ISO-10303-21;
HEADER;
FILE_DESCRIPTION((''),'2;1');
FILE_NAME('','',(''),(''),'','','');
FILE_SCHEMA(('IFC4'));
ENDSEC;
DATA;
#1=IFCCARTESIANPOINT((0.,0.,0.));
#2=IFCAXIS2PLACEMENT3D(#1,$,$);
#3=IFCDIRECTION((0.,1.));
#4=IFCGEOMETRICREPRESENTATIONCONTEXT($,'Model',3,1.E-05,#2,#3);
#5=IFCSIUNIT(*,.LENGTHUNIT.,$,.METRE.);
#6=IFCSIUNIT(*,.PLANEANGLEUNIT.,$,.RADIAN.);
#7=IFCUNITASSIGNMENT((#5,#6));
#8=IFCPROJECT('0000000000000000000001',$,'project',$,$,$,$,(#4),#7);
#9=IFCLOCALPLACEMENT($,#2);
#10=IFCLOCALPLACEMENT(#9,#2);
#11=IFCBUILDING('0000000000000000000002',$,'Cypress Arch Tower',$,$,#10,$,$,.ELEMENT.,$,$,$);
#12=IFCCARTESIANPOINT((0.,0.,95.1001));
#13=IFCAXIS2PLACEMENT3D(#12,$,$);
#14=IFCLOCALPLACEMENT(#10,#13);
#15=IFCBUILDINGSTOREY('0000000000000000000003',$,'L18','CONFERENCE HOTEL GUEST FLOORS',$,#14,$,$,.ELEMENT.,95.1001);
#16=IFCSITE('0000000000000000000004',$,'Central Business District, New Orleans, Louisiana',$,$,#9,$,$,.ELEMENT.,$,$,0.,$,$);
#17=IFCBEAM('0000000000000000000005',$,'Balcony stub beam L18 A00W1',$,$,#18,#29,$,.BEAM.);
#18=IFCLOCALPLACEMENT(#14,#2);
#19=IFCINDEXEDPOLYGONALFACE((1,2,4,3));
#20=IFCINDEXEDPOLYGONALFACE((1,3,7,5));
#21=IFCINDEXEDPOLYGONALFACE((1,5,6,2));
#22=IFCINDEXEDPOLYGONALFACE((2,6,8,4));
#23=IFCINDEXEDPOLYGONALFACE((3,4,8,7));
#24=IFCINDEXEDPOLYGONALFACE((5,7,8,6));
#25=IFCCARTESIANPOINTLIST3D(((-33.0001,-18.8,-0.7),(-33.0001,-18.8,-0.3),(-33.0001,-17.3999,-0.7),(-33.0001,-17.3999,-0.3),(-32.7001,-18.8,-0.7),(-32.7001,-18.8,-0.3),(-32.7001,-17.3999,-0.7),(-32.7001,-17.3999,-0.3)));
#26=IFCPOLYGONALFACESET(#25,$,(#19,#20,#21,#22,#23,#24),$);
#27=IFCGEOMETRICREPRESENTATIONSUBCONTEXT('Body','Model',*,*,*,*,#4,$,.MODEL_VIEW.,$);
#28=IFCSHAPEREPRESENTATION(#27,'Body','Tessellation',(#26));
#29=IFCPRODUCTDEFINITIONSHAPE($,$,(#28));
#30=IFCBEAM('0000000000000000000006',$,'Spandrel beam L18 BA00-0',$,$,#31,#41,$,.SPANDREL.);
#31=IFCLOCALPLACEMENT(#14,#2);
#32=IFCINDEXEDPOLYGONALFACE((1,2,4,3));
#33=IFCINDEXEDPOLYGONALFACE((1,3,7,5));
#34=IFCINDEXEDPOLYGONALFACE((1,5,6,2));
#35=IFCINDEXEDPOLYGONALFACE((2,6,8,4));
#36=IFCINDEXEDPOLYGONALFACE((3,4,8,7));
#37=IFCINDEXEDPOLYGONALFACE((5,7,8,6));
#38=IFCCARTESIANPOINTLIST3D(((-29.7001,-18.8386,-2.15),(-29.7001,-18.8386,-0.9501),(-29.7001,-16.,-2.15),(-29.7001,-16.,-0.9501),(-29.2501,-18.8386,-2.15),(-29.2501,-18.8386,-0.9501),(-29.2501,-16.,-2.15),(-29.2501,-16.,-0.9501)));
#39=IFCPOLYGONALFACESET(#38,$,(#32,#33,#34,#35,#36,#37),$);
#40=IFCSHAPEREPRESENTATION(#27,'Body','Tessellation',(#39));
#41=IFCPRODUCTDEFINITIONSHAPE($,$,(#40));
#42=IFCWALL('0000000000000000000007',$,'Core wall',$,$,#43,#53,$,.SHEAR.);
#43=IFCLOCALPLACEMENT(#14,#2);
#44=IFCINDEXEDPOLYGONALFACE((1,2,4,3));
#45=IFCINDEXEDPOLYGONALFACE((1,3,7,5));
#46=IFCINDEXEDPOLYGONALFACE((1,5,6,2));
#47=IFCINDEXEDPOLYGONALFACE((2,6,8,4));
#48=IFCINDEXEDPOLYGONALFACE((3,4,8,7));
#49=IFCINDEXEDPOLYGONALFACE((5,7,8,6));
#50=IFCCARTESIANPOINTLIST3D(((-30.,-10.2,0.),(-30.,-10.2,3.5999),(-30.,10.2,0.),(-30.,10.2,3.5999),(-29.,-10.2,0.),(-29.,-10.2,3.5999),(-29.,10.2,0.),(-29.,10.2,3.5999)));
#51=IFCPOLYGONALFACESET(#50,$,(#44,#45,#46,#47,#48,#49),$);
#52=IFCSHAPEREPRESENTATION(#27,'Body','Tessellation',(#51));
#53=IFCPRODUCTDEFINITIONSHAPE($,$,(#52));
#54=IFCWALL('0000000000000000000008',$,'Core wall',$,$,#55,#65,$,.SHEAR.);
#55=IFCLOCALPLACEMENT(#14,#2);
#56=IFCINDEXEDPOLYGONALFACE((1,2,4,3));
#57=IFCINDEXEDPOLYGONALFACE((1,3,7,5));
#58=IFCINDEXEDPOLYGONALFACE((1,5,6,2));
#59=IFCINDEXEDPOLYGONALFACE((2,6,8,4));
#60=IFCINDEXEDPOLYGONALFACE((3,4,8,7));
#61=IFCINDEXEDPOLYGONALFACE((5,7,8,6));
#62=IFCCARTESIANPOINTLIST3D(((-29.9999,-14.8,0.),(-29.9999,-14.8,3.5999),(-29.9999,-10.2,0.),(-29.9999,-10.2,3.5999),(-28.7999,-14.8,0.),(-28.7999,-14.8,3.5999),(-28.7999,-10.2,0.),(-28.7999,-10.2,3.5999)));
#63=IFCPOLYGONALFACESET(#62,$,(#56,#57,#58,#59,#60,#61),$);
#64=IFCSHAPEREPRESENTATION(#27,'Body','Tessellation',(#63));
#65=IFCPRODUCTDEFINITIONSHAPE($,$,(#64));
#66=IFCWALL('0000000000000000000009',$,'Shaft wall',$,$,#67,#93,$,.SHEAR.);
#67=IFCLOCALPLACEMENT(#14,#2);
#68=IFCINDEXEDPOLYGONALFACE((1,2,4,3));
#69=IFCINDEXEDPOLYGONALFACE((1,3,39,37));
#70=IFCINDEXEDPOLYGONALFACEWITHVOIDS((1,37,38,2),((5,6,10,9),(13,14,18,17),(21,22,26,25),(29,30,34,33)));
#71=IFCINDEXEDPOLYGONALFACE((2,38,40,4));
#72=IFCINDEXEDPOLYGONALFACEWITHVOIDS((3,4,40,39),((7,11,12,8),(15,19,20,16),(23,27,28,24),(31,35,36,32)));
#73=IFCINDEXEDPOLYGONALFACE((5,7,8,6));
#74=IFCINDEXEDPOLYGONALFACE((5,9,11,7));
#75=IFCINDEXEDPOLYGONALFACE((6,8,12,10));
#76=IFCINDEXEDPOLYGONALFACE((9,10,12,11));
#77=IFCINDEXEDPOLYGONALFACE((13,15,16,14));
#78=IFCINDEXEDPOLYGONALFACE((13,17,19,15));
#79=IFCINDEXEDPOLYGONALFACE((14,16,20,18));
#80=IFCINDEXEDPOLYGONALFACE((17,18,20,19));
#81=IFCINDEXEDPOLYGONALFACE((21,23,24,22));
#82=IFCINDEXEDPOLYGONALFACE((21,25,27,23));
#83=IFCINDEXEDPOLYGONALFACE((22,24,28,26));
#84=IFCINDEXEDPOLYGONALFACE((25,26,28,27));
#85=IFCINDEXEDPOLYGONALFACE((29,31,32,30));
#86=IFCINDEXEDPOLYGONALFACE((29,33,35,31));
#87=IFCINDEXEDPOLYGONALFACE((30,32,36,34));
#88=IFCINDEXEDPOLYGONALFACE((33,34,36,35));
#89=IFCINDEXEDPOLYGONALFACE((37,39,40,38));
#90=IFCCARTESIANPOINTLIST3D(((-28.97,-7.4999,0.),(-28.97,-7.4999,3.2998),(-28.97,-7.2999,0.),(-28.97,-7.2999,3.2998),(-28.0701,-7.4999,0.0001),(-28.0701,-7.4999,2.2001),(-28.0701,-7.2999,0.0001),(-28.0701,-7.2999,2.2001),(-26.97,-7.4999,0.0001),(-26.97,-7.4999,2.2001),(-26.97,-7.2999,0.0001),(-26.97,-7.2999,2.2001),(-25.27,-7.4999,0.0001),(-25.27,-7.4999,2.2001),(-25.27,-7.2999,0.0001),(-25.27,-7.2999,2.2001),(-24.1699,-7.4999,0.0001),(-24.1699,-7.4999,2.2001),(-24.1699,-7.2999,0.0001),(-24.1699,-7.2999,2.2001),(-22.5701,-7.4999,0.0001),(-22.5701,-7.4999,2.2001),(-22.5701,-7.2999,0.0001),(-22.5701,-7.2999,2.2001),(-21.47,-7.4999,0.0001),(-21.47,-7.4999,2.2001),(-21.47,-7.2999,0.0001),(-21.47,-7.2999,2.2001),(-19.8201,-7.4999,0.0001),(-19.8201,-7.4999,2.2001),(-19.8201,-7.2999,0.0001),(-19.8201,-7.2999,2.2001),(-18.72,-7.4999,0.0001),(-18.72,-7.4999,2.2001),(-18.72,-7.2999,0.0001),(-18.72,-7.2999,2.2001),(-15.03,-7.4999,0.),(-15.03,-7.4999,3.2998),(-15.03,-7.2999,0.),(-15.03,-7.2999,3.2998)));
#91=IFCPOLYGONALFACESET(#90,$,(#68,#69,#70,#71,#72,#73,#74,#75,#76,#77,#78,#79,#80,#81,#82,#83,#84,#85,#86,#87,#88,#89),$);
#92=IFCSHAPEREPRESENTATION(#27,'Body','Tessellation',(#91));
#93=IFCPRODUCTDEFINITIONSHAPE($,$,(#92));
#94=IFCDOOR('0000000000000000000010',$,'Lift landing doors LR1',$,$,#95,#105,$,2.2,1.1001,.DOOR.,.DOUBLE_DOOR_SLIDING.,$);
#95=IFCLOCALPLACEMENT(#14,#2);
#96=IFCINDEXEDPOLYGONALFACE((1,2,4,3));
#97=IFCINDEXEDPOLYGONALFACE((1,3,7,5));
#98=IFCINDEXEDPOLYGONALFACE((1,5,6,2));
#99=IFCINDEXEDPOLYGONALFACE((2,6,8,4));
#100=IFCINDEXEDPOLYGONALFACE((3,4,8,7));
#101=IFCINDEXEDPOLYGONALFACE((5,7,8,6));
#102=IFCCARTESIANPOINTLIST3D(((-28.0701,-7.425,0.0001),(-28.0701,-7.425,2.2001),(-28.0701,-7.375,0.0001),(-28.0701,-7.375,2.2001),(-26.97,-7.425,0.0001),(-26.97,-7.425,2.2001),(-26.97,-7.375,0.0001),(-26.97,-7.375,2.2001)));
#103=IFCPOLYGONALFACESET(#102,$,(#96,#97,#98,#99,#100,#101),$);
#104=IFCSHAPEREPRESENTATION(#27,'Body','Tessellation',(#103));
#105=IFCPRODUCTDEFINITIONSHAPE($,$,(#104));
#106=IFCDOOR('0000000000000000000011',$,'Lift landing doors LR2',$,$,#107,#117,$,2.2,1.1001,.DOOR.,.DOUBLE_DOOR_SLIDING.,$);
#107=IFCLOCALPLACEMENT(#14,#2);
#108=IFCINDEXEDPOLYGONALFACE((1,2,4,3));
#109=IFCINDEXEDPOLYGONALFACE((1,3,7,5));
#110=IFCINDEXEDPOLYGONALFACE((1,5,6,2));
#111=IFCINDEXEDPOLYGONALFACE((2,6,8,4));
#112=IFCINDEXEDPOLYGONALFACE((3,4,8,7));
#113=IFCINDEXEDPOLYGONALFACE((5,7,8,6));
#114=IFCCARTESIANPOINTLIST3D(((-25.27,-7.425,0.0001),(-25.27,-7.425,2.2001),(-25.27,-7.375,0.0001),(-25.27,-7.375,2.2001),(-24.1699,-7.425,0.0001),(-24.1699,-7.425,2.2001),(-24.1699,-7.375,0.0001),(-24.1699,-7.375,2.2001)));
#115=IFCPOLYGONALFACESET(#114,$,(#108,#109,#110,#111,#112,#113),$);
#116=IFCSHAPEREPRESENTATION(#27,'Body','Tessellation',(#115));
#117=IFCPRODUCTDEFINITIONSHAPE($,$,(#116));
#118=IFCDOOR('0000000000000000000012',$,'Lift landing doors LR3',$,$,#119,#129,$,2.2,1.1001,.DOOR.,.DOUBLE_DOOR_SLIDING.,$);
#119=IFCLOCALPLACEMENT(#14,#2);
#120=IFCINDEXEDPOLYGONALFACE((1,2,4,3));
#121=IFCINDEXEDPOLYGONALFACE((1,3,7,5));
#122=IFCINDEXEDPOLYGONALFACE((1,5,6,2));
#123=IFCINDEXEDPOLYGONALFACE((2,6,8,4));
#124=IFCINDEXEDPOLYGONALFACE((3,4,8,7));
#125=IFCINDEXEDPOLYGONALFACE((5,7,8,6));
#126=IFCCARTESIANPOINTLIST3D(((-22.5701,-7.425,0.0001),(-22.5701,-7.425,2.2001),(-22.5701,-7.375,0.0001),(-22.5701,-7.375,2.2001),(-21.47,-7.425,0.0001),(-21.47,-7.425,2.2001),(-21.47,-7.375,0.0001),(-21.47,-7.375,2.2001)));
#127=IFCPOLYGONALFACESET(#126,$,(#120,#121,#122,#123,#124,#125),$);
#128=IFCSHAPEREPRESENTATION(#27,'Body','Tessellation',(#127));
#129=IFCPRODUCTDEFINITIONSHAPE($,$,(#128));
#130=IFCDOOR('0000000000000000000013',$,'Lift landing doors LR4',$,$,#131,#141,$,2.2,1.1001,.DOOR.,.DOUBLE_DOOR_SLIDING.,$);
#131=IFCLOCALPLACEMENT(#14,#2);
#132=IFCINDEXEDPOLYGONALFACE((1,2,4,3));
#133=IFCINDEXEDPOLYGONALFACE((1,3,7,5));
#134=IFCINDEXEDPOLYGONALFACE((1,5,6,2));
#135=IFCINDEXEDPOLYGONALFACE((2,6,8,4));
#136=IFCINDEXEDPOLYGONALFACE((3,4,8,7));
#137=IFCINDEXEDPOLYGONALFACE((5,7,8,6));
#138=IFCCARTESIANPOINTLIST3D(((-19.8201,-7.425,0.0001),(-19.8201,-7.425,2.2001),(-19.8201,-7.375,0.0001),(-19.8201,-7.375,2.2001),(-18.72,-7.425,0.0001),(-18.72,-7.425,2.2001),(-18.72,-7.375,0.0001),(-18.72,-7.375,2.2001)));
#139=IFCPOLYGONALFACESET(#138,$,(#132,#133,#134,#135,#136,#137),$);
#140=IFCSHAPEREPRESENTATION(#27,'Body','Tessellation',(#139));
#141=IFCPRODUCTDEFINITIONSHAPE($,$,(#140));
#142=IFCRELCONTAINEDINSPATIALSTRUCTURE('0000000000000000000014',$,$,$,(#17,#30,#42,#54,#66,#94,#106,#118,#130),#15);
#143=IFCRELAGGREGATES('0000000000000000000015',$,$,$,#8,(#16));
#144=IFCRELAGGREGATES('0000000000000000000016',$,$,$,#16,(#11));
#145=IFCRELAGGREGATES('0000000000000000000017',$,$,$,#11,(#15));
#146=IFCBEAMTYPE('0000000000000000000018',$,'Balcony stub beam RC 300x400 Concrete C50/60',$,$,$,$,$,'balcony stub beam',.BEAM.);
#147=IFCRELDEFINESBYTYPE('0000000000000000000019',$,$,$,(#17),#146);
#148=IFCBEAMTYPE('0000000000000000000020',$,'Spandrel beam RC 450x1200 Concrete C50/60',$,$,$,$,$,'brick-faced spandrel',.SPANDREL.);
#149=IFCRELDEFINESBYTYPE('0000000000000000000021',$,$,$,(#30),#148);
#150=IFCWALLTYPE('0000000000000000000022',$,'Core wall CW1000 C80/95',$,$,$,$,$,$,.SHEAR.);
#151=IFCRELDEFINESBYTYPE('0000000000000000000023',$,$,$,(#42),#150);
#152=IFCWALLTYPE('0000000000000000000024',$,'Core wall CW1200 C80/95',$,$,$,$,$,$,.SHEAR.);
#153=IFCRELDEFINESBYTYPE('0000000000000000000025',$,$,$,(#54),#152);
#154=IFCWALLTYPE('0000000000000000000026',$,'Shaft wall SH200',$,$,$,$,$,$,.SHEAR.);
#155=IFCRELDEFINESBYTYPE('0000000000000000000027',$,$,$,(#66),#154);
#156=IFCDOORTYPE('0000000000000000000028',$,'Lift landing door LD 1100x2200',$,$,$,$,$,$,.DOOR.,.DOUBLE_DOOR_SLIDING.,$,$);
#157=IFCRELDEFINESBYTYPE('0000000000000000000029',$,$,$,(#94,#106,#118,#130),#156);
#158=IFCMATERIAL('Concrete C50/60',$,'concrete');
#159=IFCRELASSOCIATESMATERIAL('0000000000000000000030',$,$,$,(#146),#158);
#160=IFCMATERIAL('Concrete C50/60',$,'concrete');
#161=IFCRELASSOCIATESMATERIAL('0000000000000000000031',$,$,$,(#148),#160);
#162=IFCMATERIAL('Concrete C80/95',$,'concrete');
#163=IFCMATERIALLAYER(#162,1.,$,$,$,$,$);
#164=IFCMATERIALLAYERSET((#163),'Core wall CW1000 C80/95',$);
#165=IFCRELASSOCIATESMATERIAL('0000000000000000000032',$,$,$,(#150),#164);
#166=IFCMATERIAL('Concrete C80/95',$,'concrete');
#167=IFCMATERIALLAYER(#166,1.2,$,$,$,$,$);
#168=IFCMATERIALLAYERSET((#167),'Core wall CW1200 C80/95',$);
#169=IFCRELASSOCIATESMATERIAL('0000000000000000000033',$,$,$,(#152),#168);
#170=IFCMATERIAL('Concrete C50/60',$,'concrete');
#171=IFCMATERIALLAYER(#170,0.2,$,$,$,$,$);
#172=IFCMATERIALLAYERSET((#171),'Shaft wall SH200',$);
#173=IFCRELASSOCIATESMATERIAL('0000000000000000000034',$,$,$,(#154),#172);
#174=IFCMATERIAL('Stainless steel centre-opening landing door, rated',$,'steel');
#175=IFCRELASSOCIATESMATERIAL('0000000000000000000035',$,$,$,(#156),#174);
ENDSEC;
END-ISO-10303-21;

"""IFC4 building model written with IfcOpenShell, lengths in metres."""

from ifc_helpers import new_model, si_unit, direction, frame, frame_2d, origin, origin_2d, place, context, subcontext, project, spatial, rectangle, extrude, material, layer, layer_set, material_profile, profile_set, type_object, element, fill, save


model = new_model("IFC4")

# Units and contexts
model_context = context("Model", 3, precision=1e-05, world=origin(), true_north=direction((0.0, 1.0)))
body_context = subcontext(model_context, "Body", "Model", "MODEL_VIEW")
ifc_project = project(units=[si_unit("LENGTHUNIT", "METRE"), si_unit("PLANEANGLEUNIT", "RADIAN")], contexts=[model_context])

# Site, building, storey
site_placement = place(None, origin())
site = spatial("IfcSite", under=ifc_project, at=site_placement, Name="Central Business District, New Orleans, Louisiana", CompositionType="ELEMENT", RefElevation=0.0)
building_placement = place(site_placement, origin())
building = spatial("IfcBuilding", under=site, at=building_placement, Name="Cypress Arch Tower", CompositionType="ELEMENT")
storey_placement = place(building_placement, frame((0.0, 0.0, 95.1001)))
storey = spatial("IfcBuildingStorey", under=building, at=storey_placement, Name="L18", Description="CONFERENCE HOTEL GUEST FLOORS", CompositionType="ELEMENT", Elevation=95.1001)

# Beams
ifc_material_1 = material(Name="Concrete C50/60", Category="concrete")
ifc_material_profile_1 = material_profile(ifc_material_1, rectangle(XDim=0.3, YDim=0.3999, at=origin_2d()), Name="RC 300x400")
ifc_profile_set_1 = profile_set([ifc_material_profile_1], Name="Concrete C50/60")
beam_type_1 = type_object("IfcBeamType", Name="Balcony stub beam RC 300x400 Concrete C50/60", ElementType="balcony stub beam", PredefinedType="BEAM", material=ifc_profile_set_1)
beam_1_placement = place(storey_placement, frame((-32.8501, -17.3999, -0.5), z_axis=(0.0, -1.0, 0.0), x_axis=(1.0, 0.0, 0.0)))
element("IfcBeam", 1, at=beam_1_placement, inside=storey, type_object=beam_type_1, Name="Balcony stub beam L18 A00W1", PredefinedType="BEAM", context=body_context, shape_type="SweptSolid", body=[
    extrude(rectangle(XDim=0.3, YDim=0.3999, at=origin_2d()), origin(), (0.0, 0.0, 1.0), 1.4001),
])
ifc_material_2 = material(Name="Concrete C50/60", Category="concrete")
ifc_material_profile_2 = material_profile(ifc_material_2, rectangle(XDim=0.45, YDim=1.2, at=origin_2d()), Name="RC 450x1200")
ifc_profile_set_2 = profile_set([ifc_material_profile_2], Name="Concrete C50/60")
beam_type_2 = type_object("IfcBeamType", Name="Spandrel beam RC 450x1200 Concrete C50/60", ElementType="brick-faced spandrel", PredefinedType="SPANDREL", material=ifc_profile_set_2)
beam_2_placement = place(storey_placement, frame((-29.4751, -16.0, -1.55), z_axis=(0.0, -1.0, 0.0), x_axis=(1.0, 0.0, 0.0)))
element("IfcBeam", 2, at=beam_2_placement, inside=storey, type_object=beam_type_2, Name="Spandrel beam L18 BA00-0", PredefinedType="SPANDREL", context=body_context, shape_type="SweptSolid", body=[
    extrude(rectangle(XDim=0.45, YDim=1.2, at=origin_2d()), origin(), (0.0, 0.0, 1.0), 2.8386),
])

# Wall
ifc_material_3 = material(Name="Concrete C80/95", Category="concrete")
ifc_layer_1 = layer(ifc_material_3, 1.0)
ifc_layer_set_1 = layer_set([ifc_layer_1], Name="Core wall CW1000 C80/95")
wall_type_1 = type_object("IfcWallType", Name="Core wall CW1000 C80/95", PredefinedType="SHEAR", material=ifc_layer_set_1)
wall_1_placement = place(storey_placement, frame((-29.5, -10.2, 0.0), z_axis=(0.0, 0.0, 1.0), x_axis=(0.0, 1.0, 0.0)))
element("IfcWall", 3, at=wall_1_placement, inside=storey, type_object=wall_type_1, Name="Core wall", PredefinedType="SHEAR", context=body_context, shape_type="SweptSolid", body=[
    extrude(rectangle(XDim=20.3999, YDim=1.0, at=frame_2d((10.2, 0.0))), origin(), (0.0, 0.0, 1.0), 3.5999),
])

# Shared definitions
ifc_material_4 = material(Name="Concrete C80/95", Category="concrete")
ifc_layer_2 = layer(ifc_material_4, 1.2)
ifc_layer_set_2 = layer_set([ifc_layer_2], Name="Core wall CW1200 C80/95")
wall_type_2 = type_object("IfcWallType", Name="Core wall CW1200 C80/95", PredefinedType="SHEAR", material=ifc_layer_set_2)

# Wall
wall_2_placement = place(storey_placement, frame((-29.3999, -14.8, 0.0), z_axis=(0.0, 0.0, 1.0), x_axis=(0.0, 1.0, 0.0)))
element("IfcWall", 4, at=wall_2_placement, inside=storey, type_object=wall_type_2, Name="Core wall", PredefinedType="SHEAR", context=body_context, shape_type="SweptSolid", body=[
    extrude(rectangle(XDim=4.6001, YDim=1.2, at=frame_2d((2.3, 0.0))), origin(), (0.0, 0.0, 1.0), 3.5999),
])

# Wall, openings, doors
ifc_material_5 = material(Name="Concrete C50/60", Category="concrete")
ifc_layer_3 = layer(ifc_material_5, 0.2)
ifc_layer_set_3 = layer_set([ifc_layer_3], Name="Shaft wall SH200")
wall_type_3 = type_object("IfcWallType", Name="Shaft wall SH200", PredefinedType="SHEAR", material=ifc_layer_set_3)
wall_3_placement = place(storey_placement, frame((-28.97, -7.3999, 0.0), z_axis=(0.0, 0.0, 1.0), x_axis=(1.0, 0.0, 0.0)))
wall_3 = element("IfcWall", 5, at=wall_3_placement, inside=storey, type_object=wall_type_3, Name="Shaft wall", PredefinedType="SHEAR", context=body_context, shape_type="SweptSolid", body=[
    extrude(rectangle(XDim=13.9399, YDim=0.2, at=frame_2d((6.97, 0.0))), origin(), (0.0, 0.0, 1.0), 3.2998),
])
opening_1_placement = place(wall_3_placement, frame((0.8999, 0.0, 0.0)))
opening_1 = element("IfcOpeningElement", 6, at=opening_1_placement, cuts=wall_3, PredefinedType="OPENING", context=body_context, shape_type="SweptSolid", body=[
    extrude(rectangle(XDim=1.1001, YDim=2.2, at=frame_2d((0.55, 1.1001))), frame((0.0, 0.1099, 0.0), z_axis=(0.0, -1.0, 0.0), x_axis=(1.0, 0.0, 0.0)), (0.0, 0.0, 1.0), 0.22),
])
opening_2_placement = place(wall_3_placement, frame((3.7, 0.0, 0.0)))
opening_2 = element("IfcOpeningElement", 7, at=opening_2_placement, cuts=wall_3, PredefinedType="OPENING", context=body_context, shape_type="SweptSolid", body=[
    extrude(rectangle(XDim=1.1001, YDim=2.2, at=frame_2d((0.55, 1.1001))), frame((0.0, 0.1099, 0.0), z_axis=(0.0, -1.0, 0.0), x_axis=(1.0, 0.0, 0.0)), (0.0, 0.0, 1.0), 0.22),
])
opening_3_placement = place(wall_3_placement, frame((6.3999, 0.0, 0.0)))
opening_3 = element("IfcOpeningElement", 8, at=opening_3_placement, cuts=wall_3, PredefinedType="OPENING", context=body_context, shape_type="SweptSolid", body=[
    extrude(rectangle(XDim=1.1001, YDim=2.2, at=frame_2d((0.55, 1.1001))), frame((0.0, 0.1099, 0.0), z_axis=(0.0, -1.0, 0.0), x_axis=(1.0, 0.0, 0.0)), (0.0, 0.0, 1.0), 0.22),
])
opening_4_placement = place(wall_3_placement, frame((9.1499, 0.0, 0.0)))
opening_4 = element("IfcOpeningElement", 9, at=opening_4_placement, cuts=wall_3, PredefinedType="OPENING", context=body_context, shape_type="SweptSolid", body=[
    extrude(rectangle(XDim=1.1001, YDim=2.2, at=frame_2d((0.55, 1.1001))), frame((0.0, 0.1099, 0.0), z_axis=(0.0, -1.0, 0.0), x_axis=(1.0, 0.0, 0.0)), (0.0, 0.0, 1.0), 0.22),
])
ifc_material_6 = material(Name="Stainless steel centre-opening landing door, rated", Category="steel")
door_type_1 = type_object("IfcDoorType", Name="Lift landing door LD 1100x2200", OperationType="DOUBLE_DOOR_SLIDING", PredefinedType="DOOR", material=ifc_material_6)
door_1_placement = place(opening_1_placement, origin())
door_1 = element("IfcDoor", 10, at=door_1_placement, inside=storey, type_object=door_type_1, Name="Lift landing doors LR1", OperationType="DOUBLE_DOOR_SLIDING", OverallHeight=2.2, OverallWidth=1.1001, PredefinedType="DOOR", context=body_context, shape_type="SweptSolid", body=[
    extrude(rectangle(XDim=1.1001, YDim=2.2, at=frame_2d((0.55, 1.1001))), frame((0.0, 0.0249, 0.0), z_axis=(0.0, -1.0, 0.0), x_axis=(1.0, 0.0, 0.0)), (0.0, 0.0, 1.0), 0.05),
])
fill(opening_1, door_1)
door_2_placement = place(opening_2_placement, origin())
door_2 = element("IfcDoor", 11, at=door_2_placement, inside=storey, type_object=door_type_1, Name="Lift landing doors LR2", OperationType="DOUBLE_DOOR_SLIDING", OverallHeight=2.2, OverallWidth=1.1001, PredefinedType="DOOR", context=body_context, shape_type="SweptSolid", body=[
    extrude(rectangle(XDim=1.1001, YDim=2.2, at=frame_2d((0.55, 1.1001))), frame((0.0, 0.0249, 0.0), z_axis=(0.0, -1.0, 0.0), x_axis=(1.0, 0.0, 0.0)), (0.0, 0.0, 1.0), 0.05),
])
fill(opening_2, door_2)
door_3_placement = place(opening_3_placement, origin())
door_3 = element("IfcDoor", 12, at=door_3_placement, inside=storey, type_object=door_type_1, Name="Lift landing doors LR3", OperationType="DOUBLE_DOOR_SLIDING", OverallHeight=2.2, OverallWidth=1.1001, PredefinedType="DOOR", context=body_context, shape_type="SweptSolid", body=[
    extrude(rectangle(XDim=1.1001, YDim=2.2, at=frame_2d((0.55, 1.1001))), frame((0.0, 0.0249, 0.0), z_axis=(0.0, -1.0, 0.0), x_axis=(1.0, 0.0, 0.0)), (0.0, 0.0, 1.0), 0.05),
])
fill(opening_3, door_3)
door_4_placement = place(opening_4_placement, origin())
door_4 = element("IfcDoor", 13, at=door_4_placement, inside=storey, type_object=door_type_1, Name="Lift landing doors LR4", OperationType="DOUBLE_DOOR_SLIDING", OverallHeight=2.2, OverallWidth=1.1001, PredefinedType="DOOR", context=body_context, shape_type="SweptSolid", body=[
    extrude(rectangle(XDim=1.1001, YDim=2.2, at=frame_2d((0.55, 1.1001))), frame((0.0, 0.0249, 0.0), z_axis=(0.0, -1.0, 0.0), x_axis=(1.0, 0.0, 0.0)), (0.0, 0.0, 1.0), 0.05),
])
fill(opening_4, door_4)

save(model, "model.ifc")
